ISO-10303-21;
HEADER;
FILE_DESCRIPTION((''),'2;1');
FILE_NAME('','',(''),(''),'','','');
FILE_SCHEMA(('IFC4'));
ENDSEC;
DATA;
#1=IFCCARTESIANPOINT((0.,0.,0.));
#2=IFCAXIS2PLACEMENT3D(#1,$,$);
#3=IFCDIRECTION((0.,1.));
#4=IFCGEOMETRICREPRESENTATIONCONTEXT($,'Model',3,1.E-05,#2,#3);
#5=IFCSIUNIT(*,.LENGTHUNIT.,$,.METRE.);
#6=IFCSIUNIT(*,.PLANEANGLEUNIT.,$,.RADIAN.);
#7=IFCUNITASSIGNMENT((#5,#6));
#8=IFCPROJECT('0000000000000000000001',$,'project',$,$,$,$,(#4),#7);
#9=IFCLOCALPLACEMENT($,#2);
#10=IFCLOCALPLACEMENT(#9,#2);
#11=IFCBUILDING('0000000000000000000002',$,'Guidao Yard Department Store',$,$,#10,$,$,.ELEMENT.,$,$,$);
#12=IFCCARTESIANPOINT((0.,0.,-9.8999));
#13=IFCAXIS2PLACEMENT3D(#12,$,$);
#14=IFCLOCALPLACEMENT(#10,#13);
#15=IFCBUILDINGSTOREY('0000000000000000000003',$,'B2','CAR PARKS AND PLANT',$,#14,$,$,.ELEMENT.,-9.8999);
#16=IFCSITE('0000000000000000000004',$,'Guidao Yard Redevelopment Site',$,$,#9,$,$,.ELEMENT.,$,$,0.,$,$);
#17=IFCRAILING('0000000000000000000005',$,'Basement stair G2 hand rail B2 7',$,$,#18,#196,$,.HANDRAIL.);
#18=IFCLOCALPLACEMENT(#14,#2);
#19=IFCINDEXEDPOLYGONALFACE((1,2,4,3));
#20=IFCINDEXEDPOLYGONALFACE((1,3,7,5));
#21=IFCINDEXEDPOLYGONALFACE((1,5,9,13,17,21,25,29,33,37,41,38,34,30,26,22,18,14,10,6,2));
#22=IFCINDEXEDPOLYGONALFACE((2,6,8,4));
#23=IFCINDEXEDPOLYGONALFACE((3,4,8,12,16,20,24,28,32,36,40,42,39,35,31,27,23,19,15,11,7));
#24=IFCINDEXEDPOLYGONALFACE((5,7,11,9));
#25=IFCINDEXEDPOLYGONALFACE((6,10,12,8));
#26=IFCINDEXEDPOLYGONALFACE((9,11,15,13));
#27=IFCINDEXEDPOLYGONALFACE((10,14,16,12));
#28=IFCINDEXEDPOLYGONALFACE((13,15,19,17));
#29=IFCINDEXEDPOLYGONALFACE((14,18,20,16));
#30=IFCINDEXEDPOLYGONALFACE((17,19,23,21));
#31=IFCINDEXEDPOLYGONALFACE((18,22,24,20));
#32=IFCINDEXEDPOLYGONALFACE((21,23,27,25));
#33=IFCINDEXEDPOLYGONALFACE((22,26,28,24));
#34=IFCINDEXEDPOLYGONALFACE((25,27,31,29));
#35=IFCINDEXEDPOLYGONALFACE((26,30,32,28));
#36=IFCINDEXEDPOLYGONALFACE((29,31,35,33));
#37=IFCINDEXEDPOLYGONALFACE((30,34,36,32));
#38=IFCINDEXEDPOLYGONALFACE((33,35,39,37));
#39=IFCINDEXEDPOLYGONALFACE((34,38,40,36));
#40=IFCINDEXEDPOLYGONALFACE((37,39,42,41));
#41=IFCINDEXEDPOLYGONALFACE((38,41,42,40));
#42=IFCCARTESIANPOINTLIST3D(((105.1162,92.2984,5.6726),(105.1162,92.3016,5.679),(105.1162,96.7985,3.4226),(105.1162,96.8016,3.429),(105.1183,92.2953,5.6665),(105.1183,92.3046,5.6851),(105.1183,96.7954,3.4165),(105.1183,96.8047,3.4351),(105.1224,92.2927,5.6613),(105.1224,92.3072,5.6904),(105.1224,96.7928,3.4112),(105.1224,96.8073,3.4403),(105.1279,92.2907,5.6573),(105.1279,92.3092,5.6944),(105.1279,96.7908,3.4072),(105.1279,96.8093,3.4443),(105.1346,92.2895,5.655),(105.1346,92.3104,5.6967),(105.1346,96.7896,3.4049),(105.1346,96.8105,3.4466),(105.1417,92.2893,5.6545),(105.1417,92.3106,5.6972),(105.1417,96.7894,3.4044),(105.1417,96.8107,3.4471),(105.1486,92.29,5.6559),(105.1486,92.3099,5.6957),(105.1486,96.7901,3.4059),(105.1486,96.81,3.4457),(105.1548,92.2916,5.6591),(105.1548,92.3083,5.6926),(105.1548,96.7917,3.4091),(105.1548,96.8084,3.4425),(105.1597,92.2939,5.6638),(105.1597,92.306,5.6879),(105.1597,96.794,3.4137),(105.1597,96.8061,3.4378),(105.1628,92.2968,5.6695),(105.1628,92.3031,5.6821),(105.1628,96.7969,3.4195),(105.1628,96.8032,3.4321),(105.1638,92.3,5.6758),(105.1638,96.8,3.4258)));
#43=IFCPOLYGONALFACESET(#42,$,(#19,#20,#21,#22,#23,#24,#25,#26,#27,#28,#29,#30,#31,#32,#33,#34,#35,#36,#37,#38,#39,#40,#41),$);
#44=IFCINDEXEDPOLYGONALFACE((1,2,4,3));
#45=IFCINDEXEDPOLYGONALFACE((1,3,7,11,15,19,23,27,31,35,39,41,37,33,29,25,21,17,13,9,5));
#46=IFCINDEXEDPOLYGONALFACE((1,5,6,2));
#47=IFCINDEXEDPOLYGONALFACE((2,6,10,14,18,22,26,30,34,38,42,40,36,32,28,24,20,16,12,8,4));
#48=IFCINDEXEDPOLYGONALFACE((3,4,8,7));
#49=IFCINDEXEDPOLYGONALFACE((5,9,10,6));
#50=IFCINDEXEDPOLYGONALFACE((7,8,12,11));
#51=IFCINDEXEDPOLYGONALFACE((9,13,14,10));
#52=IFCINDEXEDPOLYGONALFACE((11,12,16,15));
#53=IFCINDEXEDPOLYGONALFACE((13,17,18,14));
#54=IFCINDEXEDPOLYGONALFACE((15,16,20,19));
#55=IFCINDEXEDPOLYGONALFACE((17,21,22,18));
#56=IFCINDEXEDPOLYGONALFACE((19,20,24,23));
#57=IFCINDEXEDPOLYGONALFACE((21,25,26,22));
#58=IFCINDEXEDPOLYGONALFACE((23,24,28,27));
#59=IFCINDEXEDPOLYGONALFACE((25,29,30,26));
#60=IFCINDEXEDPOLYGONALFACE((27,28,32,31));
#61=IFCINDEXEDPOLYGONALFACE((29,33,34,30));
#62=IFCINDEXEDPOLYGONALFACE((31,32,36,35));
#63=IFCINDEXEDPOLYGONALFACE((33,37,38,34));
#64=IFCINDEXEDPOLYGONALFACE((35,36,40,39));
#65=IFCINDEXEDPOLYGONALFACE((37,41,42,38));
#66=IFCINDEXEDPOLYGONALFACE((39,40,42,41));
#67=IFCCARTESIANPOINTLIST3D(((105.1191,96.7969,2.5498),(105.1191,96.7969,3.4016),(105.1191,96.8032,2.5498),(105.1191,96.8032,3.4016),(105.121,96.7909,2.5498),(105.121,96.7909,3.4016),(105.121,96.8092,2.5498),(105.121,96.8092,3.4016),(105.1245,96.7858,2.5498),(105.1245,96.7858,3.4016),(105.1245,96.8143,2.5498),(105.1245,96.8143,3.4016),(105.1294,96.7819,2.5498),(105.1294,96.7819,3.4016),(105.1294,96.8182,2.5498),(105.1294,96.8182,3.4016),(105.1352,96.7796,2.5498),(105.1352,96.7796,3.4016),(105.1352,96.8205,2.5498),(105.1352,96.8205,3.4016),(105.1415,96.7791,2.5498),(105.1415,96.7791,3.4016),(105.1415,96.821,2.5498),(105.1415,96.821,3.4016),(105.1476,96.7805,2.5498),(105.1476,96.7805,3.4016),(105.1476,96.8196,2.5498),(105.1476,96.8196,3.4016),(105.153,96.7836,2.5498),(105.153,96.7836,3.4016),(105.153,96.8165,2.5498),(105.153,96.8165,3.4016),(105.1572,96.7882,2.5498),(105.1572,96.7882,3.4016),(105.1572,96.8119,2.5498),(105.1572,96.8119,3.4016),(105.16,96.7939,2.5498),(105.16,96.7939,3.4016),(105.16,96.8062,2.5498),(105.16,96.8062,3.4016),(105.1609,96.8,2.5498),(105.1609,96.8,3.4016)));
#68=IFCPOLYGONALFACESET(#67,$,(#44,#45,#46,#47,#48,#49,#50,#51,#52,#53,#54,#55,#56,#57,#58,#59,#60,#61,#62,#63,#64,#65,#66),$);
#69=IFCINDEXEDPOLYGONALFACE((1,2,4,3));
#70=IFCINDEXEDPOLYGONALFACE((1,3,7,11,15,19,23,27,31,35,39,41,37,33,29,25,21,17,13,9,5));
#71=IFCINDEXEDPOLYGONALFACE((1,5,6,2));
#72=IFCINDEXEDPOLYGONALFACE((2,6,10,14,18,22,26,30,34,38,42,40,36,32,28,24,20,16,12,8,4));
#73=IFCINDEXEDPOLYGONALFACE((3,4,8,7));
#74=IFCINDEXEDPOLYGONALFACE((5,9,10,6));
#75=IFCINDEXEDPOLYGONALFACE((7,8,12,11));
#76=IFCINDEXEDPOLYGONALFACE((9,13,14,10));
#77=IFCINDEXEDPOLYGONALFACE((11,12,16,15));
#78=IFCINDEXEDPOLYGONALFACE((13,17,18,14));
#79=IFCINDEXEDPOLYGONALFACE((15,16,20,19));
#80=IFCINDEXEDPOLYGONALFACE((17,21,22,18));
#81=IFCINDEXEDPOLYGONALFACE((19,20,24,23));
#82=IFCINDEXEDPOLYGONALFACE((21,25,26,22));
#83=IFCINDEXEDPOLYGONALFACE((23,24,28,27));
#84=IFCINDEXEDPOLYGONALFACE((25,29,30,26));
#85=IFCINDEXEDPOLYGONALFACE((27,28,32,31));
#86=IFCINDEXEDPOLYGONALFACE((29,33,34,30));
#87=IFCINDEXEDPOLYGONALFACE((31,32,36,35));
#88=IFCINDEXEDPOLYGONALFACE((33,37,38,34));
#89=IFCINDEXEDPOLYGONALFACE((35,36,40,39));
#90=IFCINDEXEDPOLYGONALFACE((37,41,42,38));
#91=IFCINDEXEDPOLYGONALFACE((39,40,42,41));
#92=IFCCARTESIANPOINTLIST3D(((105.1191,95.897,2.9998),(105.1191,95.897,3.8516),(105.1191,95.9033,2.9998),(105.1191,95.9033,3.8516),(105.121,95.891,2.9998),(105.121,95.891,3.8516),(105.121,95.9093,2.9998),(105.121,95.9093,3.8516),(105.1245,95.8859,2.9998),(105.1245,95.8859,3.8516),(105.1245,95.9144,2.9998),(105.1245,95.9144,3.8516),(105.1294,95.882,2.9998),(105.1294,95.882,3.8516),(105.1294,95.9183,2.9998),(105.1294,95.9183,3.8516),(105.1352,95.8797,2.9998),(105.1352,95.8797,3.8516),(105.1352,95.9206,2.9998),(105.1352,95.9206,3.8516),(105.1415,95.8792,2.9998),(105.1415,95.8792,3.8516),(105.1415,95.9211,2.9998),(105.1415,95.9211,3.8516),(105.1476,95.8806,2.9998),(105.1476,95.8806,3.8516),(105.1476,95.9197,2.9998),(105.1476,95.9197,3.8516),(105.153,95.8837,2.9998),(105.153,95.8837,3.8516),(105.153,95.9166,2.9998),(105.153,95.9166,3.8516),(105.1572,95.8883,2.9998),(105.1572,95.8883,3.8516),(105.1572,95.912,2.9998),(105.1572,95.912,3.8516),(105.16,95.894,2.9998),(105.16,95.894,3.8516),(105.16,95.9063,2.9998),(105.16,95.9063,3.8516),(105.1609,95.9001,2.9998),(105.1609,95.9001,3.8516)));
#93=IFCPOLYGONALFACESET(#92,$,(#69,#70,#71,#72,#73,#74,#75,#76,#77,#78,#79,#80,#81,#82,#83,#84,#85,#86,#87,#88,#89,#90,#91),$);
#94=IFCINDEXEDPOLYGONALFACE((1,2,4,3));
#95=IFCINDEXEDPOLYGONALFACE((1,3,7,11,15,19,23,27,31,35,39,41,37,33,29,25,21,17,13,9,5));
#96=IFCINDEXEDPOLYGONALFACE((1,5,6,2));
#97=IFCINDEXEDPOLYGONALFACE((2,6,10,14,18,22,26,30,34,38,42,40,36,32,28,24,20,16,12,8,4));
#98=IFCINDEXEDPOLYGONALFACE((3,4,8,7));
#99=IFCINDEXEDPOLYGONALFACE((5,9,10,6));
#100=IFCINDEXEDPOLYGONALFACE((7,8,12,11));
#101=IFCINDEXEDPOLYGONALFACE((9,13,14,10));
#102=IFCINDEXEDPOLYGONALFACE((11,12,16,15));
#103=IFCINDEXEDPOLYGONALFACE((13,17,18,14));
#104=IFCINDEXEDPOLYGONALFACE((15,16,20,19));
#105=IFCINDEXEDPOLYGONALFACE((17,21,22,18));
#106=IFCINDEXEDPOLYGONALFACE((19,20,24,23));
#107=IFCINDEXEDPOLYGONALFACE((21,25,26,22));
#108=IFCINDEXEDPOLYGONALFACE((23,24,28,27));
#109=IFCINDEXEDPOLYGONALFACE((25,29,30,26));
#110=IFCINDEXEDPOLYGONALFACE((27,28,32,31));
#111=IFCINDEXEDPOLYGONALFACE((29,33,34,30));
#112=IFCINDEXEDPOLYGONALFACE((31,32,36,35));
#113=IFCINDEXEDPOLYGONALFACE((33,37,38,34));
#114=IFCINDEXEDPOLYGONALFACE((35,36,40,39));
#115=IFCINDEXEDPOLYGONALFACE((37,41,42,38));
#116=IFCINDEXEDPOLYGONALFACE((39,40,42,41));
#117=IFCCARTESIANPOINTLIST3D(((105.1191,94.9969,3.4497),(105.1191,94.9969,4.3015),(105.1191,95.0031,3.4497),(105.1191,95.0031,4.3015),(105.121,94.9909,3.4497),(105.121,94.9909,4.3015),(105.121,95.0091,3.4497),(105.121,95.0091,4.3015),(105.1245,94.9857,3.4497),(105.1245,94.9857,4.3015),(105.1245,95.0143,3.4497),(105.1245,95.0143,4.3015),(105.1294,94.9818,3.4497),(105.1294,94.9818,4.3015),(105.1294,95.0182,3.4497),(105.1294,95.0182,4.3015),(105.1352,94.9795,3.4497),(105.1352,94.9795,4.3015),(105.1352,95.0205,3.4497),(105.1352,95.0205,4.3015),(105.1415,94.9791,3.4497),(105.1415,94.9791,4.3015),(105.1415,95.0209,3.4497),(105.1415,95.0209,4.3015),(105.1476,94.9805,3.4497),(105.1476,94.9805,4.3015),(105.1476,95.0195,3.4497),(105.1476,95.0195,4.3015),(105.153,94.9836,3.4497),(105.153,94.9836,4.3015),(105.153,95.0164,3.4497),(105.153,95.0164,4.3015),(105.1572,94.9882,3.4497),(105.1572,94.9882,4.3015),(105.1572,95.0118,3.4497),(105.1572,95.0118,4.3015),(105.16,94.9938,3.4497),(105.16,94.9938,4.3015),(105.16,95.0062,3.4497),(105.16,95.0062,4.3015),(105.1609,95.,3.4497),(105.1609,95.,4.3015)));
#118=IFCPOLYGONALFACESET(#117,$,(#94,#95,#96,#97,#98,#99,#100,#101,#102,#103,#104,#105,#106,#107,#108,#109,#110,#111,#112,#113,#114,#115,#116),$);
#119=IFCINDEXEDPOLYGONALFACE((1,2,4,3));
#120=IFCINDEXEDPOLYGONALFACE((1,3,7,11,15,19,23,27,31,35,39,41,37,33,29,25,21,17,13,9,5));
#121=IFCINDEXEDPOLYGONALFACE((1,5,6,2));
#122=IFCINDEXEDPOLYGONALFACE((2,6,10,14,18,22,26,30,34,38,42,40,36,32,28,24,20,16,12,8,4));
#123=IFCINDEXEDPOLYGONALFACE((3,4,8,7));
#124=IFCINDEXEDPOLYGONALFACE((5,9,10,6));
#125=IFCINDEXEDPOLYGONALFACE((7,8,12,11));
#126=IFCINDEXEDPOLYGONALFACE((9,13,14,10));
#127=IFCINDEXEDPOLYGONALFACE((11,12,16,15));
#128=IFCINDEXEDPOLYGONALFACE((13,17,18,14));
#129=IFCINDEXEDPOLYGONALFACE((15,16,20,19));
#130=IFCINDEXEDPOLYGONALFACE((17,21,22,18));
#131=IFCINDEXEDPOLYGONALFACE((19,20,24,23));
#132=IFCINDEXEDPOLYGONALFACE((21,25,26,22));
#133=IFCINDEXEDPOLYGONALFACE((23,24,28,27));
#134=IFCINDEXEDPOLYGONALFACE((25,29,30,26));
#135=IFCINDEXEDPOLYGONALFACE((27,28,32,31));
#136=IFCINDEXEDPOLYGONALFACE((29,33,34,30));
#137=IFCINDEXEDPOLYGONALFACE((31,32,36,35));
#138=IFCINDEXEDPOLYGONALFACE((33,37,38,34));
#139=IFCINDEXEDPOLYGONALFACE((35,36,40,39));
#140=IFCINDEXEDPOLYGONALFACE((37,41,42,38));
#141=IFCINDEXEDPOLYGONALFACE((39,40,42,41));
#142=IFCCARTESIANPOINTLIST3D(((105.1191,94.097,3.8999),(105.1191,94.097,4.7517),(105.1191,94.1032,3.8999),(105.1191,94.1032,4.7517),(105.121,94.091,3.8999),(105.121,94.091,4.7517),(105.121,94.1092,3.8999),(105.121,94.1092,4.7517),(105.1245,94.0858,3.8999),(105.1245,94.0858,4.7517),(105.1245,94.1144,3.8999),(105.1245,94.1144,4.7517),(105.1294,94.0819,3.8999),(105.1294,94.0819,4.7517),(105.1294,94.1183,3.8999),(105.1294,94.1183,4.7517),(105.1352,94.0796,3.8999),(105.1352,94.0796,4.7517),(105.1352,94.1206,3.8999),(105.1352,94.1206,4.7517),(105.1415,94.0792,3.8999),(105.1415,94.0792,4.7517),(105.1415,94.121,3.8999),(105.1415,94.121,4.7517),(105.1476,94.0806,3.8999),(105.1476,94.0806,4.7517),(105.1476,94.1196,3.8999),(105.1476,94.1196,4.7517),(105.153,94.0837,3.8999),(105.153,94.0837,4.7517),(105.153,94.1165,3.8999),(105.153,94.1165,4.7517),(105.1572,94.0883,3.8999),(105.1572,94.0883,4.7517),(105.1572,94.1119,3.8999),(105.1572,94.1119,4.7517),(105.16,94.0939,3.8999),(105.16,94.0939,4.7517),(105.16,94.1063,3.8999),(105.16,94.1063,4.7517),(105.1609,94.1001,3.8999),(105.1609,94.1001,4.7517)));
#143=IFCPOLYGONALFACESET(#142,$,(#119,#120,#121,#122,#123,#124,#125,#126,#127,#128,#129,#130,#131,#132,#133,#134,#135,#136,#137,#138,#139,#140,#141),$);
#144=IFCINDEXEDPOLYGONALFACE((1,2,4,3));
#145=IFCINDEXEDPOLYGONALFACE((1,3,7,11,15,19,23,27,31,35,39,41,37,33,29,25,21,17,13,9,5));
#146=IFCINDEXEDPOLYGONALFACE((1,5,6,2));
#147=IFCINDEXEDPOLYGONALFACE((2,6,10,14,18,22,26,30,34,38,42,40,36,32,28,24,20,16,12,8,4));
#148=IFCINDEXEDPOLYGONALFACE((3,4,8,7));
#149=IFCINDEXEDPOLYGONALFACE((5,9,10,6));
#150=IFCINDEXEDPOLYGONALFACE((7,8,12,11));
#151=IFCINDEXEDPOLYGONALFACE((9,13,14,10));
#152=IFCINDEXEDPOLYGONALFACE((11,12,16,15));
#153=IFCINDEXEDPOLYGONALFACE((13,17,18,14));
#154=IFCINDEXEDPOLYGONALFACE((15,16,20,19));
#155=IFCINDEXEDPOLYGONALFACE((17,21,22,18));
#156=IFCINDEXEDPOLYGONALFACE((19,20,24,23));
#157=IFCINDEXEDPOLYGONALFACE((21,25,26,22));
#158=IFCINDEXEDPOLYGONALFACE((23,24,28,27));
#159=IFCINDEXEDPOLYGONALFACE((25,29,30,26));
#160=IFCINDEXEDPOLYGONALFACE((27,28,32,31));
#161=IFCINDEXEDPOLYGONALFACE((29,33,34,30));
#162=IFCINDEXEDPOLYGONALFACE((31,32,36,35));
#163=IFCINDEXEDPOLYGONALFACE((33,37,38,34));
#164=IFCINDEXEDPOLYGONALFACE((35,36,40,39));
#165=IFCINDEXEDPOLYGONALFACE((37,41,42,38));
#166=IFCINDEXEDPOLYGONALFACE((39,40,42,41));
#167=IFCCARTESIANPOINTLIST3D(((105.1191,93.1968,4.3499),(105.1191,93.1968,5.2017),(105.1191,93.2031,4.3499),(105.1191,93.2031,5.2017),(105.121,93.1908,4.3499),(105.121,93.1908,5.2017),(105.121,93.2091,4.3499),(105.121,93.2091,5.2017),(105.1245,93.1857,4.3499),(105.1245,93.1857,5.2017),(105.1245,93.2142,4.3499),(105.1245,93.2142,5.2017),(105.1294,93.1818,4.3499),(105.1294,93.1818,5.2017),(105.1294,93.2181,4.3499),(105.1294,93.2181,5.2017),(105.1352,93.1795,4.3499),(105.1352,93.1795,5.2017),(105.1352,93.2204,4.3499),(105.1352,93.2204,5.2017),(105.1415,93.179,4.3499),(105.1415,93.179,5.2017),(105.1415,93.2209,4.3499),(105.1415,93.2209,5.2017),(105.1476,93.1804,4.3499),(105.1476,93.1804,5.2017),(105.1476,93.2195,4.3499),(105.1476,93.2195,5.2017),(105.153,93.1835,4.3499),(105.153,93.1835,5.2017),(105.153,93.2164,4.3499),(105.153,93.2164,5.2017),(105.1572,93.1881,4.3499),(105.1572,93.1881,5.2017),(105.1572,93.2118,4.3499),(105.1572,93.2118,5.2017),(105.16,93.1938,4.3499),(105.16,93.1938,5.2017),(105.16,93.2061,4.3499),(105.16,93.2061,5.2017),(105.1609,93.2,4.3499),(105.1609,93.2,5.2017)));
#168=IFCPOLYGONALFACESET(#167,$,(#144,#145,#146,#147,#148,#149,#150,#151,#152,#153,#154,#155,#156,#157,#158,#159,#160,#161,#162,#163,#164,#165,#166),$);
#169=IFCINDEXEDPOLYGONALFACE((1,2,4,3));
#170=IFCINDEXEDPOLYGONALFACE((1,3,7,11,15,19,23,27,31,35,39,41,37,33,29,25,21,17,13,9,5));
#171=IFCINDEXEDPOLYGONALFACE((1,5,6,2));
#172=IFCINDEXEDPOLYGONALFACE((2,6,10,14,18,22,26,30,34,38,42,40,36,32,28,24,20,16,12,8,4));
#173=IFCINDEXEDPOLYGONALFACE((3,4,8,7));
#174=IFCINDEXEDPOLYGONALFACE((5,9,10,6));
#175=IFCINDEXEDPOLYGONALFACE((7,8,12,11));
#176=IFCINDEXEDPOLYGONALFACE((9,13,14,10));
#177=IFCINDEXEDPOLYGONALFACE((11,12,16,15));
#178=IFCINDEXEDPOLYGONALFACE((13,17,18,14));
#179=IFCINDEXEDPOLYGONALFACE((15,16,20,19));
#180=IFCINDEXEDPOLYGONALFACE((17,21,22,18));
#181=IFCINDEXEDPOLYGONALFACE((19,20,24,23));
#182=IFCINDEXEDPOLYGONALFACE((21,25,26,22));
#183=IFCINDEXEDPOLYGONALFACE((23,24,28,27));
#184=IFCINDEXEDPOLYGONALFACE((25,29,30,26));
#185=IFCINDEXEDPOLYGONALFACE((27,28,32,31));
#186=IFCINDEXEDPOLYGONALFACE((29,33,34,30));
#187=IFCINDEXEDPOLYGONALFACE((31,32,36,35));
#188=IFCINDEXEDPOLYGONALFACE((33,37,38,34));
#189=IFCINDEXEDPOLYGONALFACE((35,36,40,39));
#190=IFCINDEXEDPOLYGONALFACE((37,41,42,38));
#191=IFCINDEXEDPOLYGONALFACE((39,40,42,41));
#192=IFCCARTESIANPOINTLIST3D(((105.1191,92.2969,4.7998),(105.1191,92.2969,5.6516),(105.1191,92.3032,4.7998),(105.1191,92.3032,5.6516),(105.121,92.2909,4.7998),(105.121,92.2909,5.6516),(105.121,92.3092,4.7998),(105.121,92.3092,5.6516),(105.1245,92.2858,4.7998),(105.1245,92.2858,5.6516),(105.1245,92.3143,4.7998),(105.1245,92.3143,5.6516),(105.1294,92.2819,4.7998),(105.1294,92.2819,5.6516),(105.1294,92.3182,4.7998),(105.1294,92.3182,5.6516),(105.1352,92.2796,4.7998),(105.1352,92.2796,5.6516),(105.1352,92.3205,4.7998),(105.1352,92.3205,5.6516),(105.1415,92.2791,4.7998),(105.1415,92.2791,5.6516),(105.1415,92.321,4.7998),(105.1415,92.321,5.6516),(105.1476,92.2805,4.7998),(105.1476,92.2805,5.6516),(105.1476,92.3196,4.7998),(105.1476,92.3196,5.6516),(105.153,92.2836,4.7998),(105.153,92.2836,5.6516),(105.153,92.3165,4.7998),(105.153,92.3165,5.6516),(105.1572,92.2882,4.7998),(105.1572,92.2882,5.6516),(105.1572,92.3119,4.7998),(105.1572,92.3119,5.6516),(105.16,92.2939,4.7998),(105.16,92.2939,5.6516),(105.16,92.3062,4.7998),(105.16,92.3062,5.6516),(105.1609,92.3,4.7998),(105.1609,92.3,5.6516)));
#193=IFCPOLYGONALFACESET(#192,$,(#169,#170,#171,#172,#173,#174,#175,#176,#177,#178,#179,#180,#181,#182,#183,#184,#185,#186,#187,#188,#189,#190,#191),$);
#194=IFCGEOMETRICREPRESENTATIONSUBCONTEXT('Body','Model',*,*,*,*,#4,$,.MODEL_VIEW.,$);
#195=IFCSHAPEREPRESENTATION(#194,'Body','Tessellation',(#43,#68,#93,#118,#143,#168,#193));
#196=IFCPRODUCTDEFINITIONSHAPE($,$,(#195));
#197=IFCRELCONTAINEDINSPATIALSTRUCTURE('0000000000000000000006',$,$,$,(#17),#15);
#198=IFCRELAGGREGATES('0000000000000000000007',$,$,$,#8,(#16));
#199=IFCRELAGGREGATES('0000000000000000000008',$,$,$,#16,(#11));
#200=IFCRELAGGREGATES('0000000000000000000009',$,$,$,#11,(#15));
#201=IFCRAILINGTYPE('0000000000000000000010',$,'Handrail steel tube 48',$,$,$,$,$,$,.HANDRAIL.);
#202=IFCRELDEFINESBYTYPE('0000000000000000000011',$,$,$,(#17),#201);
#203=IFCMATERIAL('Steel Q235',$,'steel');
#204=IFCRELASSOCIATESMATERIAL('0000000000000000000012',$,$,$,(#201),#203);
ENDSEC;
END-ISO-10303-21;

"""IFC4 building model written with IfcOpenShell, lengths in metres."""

from ifc_helpers import new_model, si_unit, direction, frame, origin, origin_2d, place, context, subcontext, project, spatial, circle, extrude, material, type_object, element, save


model = new_model("IFC4")

# Units and contexts
model_context = context("Model", 3, precision=1e-05, world=origin(), true_north=direction((0.0, 1.0)))
body_context = subcontext(model_context, "Body", "Model", "MODEL_VIEW")
ifc_project = project(units=[si_unit("LENGTHUNIT", "METRE"), si_unit("PLANEANGLEUNIT", "RADIAN")], contexts=[model_context])

# Site, building, storey
site_placement = place(None, origin())
site = spatial("IfcSite", under=ifc_project, at=site_placement, Name="Guidao Yard Redevelopment Site", CompositionType="ELEMENT", RefElevation=0.0)
building_placement = place(site_placement, origin())
building = spatial("IfcBuilding", under=site, at=building_placement, Name="Guidao Yard Department Store", CompositionType="ELEMENT")
storey_placement = place(building_placement, frame((0.0, 0.0, -9.8999)))
storey = spatial("IfcBuildingStorey", under=building, at=storey_placement, Name="B2", Description="CAR PARKS AND PLANT", CompositionType="ELEMENT", Elevation=-9.8999)

# Railing
ifc_material_1 = material(Name="Steel Q235", Category="steel")
railing_type = type_object("IfcRailingType", Name="Handrail steel tube 48", PredefinedType="HANDRAIL", material=ifc_material_1)
railing_placement = place(storey_placement, frame((105.1399, 96.8, 2.5498)))
element("IfcRailing", 1, at=railing_placement, inside=storey, type_object=railing_type, Name="Basement stair G2 hand rail B2 7", PredefinedType="HANDRAIL", context=body_context, shape_type="SweptSolid", body=[
    extrude(circle(Radius=0.0239, at=origin_2d()), frame((0.0, 0.0, 0.876), z_axis=(0.0, -0.894427, 0.447214), x_axis=(1.0, 0.0, 0.0)), (0.0, 0.0, 1.0), 5.0312),
    extrude(circle(Radius=0.021, at=origin_2d()), origin(), (0.0, 0.0, 1.0), 0.8518),
    extrude(circle(Radius=0.021, at=origin_2d()), frame((0.0, -0.8999, 0.45)), (0.0, 0.0, 1.0), 0.8518),
    extrude(circle(Radius=0.021, at=origin_2d()), frame((0.0, -1.8, 0.8999)), (0.0, 0.0, 1.0), 0.8518),
    extrude(circle(Radius=0.021, at=origin_2d()), frame((0.0, -2.7, 1.3501)), (0.0, 0.0, 1.0), 0.8518),
    extrude(circle(Radius=0.021, at=origin_2d()), frame((0.0, -3.6001, 1.8)), (0.0, 0.0, 1.0), 0.8518),
    extrude(circle(Radius=0.021, at=origin_2d()), frame((0.0, -4.5, 2.25)), (0.0, 0.0, 1.0), 0.8518),
])

save(model, "model.ifc")
